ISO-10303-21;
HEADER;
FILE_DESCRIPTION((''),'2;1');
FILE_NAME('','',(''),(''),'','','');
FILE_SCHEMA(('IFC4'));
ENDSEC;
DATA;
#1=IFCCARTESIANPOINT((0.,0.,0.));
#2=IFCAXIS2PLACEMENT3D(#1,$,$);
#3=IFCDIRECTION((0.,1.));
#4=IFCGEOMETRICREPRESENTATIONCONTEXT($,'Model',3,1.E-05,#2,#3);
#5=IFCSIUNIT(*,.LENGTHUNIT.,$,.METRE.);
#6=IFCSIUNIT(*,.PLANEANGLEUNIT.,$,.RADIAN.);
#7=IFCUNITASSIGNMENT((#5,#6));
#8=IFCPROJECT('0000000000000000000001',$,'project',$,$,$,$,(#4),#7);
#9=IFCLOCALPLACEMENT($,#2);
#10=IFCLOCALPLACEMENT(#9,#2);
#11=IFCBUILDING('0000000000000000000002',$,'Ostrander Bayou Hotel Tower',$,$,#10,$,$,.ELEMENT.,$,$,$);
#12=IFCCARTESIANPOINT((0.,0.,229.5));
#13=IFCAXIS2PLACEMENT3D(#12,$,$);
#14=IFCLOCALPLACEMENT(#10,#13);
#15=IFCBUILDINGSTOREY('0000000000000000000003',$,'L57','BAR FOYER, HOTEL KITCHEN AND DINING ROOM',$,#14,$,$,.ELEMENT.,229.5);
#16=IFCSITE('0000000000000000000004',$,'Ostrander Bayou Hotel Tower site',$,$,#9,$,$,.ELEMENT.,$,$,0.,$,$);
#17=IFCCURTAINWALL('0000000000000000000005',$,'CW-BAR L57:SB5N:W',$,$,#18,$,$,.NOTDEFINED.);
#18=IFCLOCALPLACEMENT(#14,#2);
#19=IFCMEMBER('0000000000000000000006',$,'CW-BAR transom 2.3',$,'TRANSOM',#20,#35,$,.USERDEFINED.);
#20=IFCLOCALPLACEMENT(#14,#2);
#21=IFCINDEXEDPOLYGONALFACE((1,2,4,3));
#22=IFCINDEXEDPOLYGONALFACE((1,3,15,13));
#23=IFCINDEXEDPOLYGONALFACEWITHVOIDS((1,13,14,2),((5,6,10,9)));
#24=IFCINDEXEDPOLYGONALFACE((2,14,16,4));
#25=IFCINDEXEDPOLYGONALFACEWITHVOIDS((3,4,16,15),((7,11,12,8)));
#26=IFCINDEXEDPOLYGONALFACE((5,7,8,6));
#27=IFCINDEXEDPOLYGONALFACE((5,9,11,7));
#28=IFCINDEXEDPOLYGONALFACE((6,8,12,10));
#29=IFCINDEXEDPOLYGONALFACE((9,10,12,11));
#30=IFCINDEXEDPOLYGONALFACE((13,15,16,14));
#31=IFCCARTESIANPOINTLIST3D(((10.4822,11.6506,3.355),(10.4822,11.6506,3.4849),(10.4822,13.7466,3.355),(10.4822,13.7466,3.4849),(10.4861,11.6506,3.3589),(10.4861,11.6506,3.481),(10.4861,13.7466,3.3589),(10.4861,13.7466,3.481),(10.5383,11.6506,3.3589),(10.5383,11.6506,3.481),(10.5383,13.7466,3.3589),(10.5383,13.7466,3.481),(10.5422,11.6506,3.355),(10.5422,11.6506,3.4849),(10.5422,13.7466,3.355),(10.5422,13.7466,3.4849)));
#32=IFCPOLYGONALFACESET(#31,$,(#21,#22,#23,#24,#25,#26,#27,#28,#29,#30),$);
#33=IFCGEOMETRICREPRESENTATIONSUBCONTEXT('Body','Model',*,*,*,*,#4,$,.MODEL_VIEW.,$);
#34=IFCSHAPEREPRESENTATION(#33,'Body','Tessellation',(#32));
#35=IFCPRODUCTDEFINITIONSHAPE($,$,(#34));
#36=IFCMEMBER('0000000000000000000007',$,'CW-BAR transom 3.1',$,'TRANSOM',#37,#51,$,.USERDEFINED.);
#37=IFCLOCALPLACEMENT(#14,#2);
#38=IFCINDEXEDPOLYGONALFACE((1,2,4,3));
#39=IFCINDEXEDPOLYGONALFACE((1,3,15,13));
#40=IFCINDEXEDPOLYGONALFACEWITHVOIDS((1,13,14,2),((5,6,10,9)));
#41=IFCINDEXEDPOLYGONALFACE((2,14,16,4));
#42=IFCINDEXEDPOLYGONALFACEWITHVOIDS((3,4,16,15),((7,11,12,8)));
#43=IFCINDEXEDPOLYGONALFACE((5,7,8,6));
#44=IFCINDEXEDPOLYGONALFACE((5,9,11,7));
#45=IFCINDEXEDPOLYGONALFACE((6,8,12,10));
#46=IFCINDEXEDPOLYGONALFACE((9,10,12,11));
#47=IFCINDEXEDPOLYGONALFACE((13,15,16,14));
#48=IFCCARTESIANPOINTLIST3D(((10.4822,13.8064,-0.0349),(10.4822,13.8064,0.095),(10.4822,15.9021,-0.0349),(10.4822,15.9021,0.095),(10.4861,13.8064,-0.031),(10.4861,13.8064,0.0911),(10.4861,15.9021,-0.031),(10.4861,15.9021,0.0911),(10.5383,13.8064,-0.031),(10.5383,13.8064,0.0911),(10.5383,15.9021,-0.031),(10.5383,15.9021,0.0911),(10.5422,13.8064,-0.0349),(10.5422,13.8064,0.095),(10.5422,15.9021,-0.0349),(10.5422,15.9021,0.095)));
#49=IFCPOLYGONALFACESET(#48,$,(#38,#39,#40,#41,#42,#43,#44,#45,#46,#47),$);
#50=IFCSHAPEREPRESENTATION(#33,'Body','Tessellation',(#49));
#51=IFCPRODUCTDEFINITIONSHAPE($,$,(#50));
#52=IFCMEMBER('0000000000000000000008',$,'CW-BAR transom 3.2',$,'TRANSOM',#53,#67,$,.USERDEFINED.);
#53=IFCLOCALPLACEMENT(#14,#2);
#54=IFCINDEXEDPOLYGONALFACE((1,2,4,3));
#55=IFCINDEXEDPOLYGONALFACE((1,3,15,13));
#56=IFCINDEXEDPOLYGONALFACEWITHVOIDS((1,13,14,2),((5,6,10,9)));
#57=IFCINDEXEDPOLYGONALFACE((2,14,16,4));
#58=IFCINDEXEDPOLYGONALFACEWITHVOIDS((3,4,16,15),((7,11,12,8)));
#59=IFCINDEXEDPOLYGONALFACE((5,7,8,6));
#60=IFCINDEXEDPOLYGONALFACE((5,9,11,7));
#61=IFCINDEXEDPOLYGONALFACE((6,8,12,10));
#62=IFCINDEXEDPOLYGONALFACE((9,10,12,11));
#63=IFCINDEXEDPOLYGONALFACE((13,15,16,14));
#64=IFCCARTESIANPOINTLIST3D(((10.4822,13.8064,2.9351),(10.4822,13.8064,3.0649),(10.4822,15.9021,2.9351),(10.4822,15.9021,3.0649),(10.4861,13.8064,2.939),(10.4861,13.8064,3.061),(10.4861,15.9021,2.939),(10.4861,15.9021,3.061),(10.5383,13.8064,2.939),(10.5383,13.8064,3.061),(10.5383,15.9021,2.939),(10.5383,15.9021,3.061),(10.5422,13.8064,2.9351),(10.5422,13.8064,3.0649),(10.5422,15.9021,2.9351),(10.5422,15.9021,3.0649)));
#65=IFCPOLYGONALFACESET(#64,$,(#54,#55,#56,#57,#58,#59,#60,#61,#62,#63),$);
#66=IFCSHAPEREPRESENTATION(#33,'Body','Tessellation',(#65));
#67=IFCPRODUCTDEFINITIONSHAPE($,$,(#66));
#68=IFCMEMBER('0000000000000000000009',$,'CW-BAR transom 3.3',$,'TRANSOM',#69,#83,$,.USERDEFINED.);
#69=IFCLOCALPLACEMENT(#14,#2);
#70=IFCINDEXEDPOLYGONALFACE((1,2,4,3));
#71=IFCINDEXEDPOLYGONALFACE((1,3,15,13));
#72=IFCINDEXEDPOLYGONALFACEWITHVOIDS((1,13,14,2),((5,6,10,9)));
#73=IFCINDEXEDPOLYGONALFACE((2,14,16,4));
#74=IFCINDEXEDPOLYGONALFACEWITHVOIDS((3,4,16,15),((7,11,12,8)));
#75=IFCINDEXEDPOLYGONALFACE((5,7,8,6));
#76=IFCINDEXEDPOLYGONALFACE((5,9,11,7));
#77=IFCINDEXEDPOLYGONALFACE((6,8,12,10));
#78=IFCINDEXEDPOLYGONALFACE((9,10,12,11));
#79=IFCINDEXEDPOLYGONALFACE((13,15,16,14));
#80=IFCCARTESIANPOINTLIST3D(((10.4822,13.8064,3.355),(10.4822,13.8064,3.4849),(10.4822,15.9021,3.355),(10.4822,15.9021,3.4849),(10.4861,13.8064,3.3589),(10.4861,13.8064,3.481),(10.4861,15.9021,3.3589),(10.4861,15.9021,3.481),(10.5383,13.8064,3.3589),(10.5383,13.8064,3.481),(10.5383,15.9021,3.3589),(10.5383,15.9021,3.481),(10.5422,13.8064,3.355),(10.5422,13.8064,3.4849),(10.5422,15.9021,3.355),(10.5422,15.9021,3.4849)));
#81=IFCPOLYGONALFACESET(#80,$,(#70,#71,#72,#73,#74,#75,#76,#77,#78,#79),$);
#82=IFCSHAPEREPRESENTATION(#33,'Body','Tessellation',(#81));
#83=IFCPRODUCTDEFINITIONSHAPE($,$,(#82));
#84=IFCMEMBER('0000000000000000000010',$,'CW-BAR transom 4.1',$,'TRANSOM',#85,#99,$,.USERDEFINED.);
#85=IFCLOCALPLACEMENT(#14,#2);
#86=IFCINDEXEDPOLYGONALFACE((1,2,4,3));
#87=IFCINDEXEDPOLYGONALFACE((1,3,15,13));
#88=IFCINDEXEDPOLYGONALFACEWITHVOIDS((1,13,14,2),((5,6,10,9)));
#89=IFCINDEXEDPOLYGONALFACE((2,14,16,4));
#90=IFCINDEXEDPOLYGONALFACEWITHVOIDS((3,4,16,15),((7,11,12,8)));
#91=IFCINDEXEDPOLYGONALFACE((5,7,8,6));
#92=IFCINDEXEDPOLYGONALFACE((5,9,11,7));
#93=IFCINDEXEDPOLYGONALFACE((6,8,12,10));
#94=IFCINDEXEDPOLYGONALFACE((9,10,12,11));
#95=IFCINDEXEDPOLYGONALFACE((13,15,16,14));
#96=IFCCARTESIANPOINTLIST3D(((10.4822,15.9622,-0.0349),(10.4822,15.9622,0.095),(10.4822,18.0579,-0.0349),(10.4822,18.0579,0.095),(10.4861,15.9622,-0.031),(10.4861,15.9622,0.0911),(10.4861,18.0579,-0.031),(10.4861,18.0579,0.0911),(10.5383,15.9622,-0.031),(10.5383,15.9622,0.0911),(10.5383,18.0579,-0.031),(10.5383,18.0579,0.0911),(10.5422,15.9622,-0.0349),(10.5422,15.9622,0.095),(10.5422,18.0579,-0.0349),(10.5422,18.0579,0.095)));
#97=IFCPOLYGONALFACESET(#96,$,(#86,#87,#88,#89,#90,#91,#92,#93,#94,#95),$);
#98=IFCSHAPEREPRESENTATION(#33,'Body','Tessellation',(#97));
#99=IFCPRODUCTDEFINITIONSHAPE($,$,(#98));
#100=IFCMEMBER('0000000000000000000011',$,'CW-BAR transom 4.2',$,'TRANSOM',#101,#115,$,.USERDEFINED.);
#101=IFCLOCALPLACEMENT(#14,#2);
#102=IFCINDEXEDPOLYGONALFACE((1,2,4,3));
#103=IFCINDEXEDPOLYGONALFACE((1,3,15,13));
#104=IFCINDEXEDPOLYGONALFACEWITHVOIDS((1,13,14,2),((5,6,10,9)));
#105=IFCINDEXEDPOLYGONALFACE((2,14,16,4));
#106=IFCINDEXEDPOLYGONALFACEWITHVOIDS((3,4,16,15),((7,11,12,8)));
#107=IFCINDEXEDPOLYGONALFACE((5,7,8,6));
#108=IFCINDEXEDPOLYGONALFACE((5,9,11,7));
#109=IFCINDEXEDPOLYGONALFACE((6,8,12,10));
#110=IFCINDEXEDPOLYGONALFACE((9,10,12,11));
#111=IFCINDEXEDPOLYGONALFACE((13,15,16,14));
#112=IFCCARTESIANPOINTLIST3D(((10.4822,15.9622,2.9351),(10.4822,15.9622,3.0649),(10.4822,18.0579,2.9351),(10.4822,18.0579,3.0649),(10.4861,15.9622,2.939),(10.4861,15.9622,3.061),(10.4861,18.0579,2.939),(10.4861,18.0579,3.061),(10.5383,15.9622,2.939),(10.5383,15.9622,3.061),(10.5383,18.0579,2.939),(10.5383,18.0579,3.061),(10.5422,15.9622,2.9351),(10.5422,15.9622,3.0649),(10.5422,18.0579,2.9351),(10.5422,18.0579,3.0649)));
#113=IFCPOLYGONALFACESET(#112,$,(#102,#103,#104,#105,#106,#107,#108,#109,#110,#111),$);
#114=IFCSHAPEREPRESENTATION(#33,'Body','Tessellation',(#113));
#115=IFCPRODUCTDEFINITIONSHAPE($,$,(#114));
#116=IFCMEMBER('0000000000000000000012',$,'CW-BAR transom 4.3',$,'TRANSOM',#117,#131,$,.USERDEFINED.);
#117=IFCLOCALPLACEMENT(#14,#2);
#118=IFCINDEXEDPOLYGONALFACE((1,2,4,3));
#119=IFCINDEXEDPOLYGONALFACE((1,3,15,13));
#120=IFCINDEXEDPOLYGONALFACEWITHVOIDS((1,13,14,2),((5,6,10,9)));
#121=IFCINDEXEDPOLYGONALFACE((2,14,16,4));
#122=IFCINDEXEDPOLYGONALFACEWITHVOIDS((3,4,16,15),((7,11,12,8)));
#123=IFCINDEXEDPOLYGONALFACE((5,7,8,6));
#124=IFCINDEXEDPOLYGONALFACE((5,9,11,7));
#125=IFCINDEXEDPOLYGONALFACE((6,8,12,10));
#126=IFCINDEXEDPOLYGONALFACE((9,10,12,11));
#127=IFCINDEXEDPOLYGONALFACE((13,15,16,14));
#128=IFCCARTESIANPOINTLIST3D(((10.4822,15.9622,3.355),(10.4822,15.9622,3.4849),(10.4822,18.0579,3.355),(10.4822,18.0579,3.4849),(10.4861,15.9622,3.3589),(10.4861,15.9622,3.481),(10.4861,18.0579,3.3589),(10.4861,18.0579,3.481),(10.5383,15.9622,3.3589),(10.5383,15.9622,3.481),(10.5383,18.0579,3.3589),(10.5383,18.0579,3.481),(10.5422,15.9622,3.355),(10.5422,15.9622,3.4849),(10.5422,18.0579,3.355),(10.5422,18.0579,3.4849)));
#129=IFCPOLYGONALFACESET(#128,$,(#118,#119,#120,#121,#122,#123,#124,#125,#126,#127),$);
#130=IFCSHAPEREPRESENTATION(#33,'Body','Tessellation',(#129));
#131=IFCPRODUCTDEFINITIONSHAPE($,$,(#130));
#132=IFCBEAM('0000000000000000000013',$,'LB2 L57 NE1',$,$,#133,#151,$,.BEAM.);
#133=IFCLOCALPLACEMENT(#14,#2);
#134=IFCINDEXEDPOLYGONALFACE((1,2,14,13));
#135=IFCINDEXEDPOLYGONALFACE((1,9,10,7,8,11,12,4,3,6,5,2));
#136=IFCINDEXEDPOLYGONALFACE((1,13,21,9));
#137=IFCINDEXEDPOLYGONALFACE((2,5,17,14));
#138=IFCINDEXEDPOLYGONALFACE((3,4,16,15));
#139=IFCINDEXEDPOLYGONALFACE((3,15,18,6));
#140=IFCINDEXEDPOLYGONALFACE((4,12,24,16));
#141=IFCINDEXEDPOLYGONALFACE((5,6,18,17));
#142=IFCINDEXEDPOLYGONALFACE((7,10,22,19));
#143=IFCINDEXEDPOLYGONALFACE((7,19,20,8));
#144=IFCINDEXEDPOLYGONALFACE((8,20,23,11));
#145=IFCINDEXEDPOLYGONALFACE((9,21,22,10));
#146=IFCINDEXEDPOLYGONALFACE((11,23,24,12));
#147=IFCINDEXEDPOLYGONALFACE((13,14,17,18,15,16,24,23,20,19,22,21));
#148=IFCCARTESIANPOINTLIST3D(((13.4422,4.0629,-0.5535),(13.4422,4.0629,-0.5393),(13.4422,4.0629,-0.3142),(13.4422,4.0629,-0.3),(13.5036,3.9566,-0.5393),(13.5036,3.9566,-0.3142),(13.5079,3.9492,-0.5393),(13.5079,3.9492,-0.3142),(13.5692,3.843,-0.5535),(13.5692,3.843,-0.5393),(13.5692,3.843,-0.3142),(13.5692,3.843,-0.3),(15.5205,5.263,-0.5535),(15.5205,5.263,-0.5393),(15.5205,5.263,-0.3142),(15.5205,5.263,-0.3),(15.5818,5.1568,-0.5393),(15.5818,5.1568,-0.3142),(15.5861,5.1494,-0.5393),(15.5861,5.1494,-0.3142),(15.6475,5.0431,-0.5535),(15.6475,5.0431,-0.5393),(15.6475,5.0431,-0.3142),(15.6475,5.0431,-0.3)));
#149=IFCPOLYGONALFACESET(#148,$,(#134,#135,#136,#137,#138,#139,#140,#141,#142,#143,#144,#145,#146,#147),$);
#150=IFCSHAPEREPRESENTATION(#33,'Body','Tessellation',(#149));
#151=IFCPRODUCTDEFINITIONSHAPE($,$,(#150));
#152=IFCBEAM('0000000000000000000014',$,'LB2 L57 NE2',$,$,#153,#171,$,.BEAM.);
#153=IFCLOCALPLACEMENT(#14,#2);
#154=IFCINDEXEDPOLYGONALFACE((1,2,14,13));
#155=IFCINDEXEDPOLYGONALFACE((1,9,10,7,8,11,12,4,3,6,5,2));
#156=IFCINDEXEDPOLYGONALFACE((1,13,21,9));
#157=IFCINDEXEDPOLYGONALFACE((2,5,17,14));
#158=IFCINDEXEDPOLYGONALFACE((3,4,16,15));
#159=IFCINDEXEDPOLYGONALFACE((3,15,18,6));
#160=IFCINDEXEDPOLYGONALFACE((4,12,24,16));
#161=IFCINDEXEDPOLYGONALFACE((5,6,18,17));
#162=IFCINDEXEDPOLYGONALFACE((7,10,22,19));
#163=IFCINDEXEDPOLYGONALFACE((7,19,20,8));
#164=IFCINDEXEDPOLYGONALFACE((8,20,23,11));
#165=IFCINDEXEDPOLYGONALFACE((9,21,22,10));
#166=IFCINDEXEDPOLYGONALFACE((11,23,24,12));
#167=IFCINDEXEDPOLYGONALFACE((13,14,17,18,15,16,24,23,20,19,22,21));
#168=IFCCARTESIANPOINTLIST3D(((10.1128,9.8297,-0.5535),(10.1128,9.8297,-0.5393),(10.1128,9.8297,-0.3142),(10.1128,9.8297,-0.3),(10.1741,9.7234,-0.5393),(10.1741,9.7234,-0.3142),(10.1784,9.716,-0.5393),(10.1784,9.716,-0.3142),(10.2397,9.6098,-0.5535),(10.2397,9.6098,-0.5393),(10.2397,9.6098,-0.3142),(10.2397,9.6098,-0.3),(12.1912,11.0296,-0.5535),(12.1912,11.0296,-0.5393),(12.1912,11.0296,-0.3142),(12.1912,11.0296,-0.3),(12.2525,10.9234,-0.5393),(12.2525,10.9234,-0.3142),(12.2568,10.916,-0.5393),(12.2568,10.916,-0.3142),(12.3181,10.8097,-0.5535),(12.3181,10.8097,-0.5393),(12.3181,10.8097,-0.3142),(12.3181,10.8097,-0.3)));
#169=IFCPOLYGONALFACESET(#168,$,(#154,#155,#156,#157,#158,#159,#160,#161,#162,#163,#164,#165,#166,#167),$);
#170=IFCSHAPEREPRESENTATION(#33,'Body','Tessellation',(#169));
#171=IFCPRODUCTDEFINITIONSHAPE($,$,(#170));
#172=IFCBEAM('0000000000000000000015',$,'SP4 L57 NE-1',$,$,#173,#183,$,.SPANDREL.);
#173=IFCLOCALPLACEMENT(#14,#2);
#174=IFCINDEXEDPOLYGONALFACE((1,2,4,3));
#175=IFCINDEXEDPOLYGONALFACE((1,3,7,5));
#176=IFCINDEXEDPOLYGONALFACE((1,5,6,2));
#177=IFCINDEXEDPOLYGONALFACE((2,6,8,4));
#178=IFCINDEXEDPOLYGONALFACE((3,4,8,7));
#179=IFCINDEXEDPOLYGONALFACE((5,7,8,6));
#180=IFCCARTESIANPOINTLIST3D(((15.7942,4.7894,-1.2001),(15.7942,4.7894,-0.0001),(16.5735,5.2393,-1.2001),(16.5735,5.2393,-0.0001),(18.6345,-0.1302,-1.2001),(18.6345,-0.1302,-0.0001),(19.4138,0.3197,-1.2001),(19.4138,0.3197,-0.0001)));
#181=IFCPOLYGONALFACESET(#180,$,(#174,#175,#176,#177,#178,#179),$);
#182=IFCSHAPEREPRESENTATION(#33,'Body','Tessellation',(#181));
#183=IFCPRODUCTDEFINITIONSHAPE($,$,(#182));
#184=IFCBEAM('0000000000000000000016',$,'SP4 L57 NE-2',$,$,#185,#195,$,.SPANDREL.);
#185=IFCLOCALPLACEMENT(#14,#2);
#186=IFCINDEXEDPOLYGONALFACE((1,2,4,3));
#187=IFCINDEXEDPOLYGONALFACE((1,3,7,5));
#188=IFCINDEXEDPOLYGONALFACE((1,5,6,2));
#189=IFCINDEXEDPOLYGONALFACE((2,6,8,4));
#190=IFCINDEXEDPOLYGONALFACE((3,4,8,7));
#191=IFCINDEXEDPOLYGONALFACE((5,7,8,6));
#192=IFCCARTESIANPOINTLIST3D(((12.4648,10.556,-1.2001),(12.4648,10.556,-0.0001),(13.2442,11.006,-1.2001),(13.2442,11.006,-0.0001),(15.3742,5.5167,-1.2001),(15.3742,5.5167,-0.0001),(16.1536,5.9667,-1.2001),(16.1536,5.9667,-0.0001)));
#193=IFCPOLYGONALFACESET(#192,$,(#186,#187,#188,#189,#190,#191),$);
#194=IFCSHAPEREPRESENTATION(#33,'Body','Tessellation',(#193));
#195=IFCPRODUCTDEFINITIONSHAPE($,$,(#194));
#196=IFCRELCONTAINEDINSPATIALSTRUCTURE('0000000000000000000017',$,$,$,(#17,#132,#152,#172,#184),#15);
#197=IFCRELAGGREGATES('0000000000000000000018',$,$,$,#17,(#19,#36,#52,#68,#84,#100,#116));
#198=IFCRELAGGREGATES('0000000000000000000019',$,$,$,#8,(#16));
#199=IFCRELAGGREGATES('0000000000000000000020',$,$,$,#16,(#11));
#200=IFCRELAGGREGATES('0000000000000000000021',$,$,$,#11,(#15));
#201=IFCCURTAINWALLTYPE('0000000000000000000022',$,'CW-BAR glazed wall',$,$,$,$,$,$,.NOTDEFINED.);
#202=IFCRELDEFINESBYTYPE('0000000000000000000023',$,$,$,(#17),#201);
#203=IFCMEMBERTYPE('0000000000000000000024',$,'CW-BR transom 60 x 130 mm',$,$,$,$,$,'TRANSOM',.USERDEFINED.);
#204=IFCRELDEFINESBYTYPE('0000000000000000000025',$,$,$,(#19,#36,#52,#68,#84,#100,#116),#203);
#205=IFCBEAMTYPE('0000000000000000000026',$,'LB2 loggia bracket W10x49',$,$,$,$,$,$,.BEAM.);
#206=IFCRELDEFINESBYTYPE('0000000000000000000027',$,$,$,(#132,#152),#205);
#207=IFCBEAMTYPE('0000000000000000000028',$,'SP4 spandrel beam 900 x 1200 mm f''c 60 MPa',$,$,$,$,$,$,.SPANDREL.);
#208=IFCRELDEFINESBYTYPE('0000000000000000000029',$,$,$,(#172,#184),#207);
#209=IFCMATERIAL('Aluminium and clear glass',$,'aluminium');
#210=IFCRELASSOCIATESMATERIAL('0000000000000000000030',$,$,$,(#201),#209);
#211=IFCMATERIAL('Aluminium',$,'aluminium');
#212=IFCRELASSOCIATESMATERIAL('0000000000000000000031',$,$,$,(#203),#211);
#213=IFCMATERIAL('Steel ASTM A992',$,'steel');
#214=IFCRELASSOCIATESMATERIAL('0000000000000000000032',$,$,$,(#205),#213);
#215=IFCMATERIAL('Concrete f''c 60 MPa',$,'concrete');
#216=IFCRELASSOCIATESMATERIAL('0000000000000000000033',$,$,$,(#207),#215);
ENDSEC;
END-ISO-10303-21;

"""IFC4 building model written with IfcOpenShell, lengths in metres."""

from ifc_helpers import new_model, si_unit, direction, frame, origin, origin_2d, place, context, subcontext, project, spatial, rectangle, hollow_rectangle, i_section, extrude, material, material_profile, profile_set, type_object, element, aggregate, save


model = new_model("IFC4")

# Units and contexts
model_context = context("Model", 3, precision=1e-05, world=origin(), true_north=direction((0.0, 1.0)))
body_context = subcontext(model_context, "Body", "Model", "MODEL_VIEW")
ifc_project = project(units=[si_unit("LENGTHUNIT", "METRE"), si_unit("PLANEANGLEUNIT", "RADIAN")], contexts=[model_context])

# Site, building, storey
site_placement = place(None, origin())
site = spatial("IfcSite", under=ifc_project, at=site_placement, Name="Ostrander Bayou Hotel Tower site", CompositionType="ELEMENT", RefElevation=0.0)
building_placement = place(site_placement, origin())
building = spatial("IfcBuilding", under=site, at=building_placement, Name="Ostrander Bayou Hotel Tower", CompositionType="ELEMENT")
storey_placement = place(building_placement, frame((0.0, 0.0, 229.5)))
storey = spatial("IfcBuildingStorey", under=building, at=storey_placement, Name="L57", Description="BAR FOYER, HOTEL KITCHEN AND DINING ROOM", CompositionType="ELEMENT", Elevation=229.5)

# Curtain wall, members
ifc_material_1 = material(Name="Aluminium and clear glass", Category="aluminium")
curtain_wall_type = type_object("IfcCurtainWallType", Name="CW-BAR glazed wall", PredefinedType="NOTDEFINED", material=ifc_material_1)
curtain_wall_placement = place(storey_placement, origin())
curtain_wall = element("IfcCurtainWall", 1, at=curtain_wall_placement, inside=storey, type_object=curtain_wall_type, Name="CW-BAR L57:SB5N:W", PredefinedType="NOTDEFINED")
ifc_material_2 = material(Name="Aluminium", Category="aluminium")
ifc_material_profile_1 = material_profile(ifc_material_2, hollow_rectangle(XDim=0.0601, YDim=0.1299, WallThickness=0.0039, at=origin_2d()))
ifc_profile_set_1 = profile_set([ifc_material_profile_1], Name="Aluminium")
member_type_1 = type_object("IfcMemberType", Name="CW-BR transom 60 x 130 mm", ElementType="TRANSOM", PredefinedType="USERDEFINED", material=ifc_profile_set_1)
member_1_placement = place(storey_placement, frame((10.5122, 11.6506, 3.4199), z_axis=(0.0, 1.0, 0.0), x_axis=(-1.0, 0.0, 0.0)))
member_1 = element("IfcMember", 2, at=member_1_placement, type_object=member_type_1, Name="CW-BAR transom 2.3", ObjectType="TRANSOM", PredefinedType="USERDEFINED", context=body_context, shape_type="SweptSolid", body=[
    extrude(hollow_rectangle(XDim=0.0601, YDim=0.1299, WallThickness=0.0039, at=origin_2d()), origin(), (0.0, 0.0, 1.0), 2.0959),
])
member_2_placement = place(storey_placement, frame((10.5122, 13.8064, 0.03), z_axis=(0.0, 1.0, 0.0), x_axis=(-1.0, 0.0, 0.0)))
member_2 = element("IfcMember", 3, at=member_2_placement, type_object=member_type_1, Name="CW-BAR transom 3.1", ObjectType="TRANSOM", PredefinedType="USERDEFINED", context=body_context, shape_type="SweptSolid", body=[
    extrude(hollow_rectangle(XDim=0.0601, YDim=0.1299, WallThickness=0.0039, at=origin_2d()), origin(), (0.0, 0.0, 1.0), 2.0957),
])
member_3_placement = place(storey_placement, frame((10.5122, 13.8064, 3.0), z_axis=(0.0, 1.0, 0.0), x_axis=(-1.0, 0.0, 0.0)))
member_3 = element("IfcMember", 4, at=member_3_placement, type_object=member_type_1, Name="CW-BAR transom 3.2", ObjectType="TRANSOM", PredefinedType="USERDEFINED", context=body_context, shape_type="SweptSolid", body=[
    extrude(hollow_rectangle(XDim=0.0601, YDim=0.1299, WallThickness=0.0039, at=origin_2d()), origin(), (0.0, 0.0, 1.0), 2.0957),
])
member_4_placement = place(storey_placement, frame((10.5122, 13.8064, 3.4199), z_axis=(0.0, 1.0, 0.0), x_axis=(-1.0, 0.0, 0.0)))
member_4 = element("IfcMember", 5, at=member_4_placement, type_object=member_type_1, Name="CW-BAR transom 3.3", ObjectType="TRANSOM", PredefinedType="USERDEFINED", context=body_context, shape_type="SweptSolid", body=[
    extrude(hollow_rectangle(XDim=0.0601, YDim=0.1299, WallThickness=0.0039, at=origin_2d()), origin(), (0.0, 0.0, 1.0), 2.0957),
])
member_5_placement = place(storey_placement, frame((10.5122, 15.9622, 0.03), z_axis=(0.0, 1.0, 0.0), x_axis=(-1.0, 0.0, 0.0)))
member_5 = element("IfcMember", 6, at=member_5_placement, type_object=member_type_1, Name="CW-BAR transom 4.1", ObjectType="TRANSOM", PredefinedType="USERDEFINED", context=body_context, shape_type="SweptSolid", body=[
    extrude(hollow_rectangle(XDim=0.0601, YDim=0.1299, WallThickness=0.0039, at=origin_2d()), origin(), (0.0, 0.0, 1.0), 2.0957),
])
member_6_placement = place(storey_placement, frame((10.5122, 15.9622, 3.0), z_axis=(0.0, 1.0, 0.0), x_axis=(-1.0, 0.0, 0.0)))
member_6 = element("IfcMember", 7, at=member_6_placement, type_object=member_type_1, Name="CW-BAR transom 4.2", ObjectType="TRANSOM", PredefinedType="USERDEFINED", context=body_context, shape_type="SweptSolid", body=[
    extrude(hollow_rectangle(XDim=0.0601, YDim=0.1299, WallThickness=0.0039, at=origin_2d()), origin(), (0.0, 0.0, 1.0), 2.0957),
])
member_7_placement = place(storey_placement, frame((10.5122, 15.9622, 3.4199), z_axis=(0.0, 1.0, 0.0), x_axis=(-1.0, 0.0, 0.0)))
member_7 = element("IfcMember", 8, at=member_7_placement, type_object=member_type_1, Name="CW-BAR transom 4.3", ObjectType="TRANSOM", PredefinedType="USERDEFINED", context=body_context, shape_type="SweptSolid", body=[
    extrude(hollow_rectangle(XDim=0.0601, YDim=0.1299, WallThickness=0.0039, at=origin_2d()), origin(), (0.0, 0.0, 1.0), 2.0957),
])

# Beams
ifc_material_3 = material(Name="Steel ASTM A992", Category="steel")
ifc_material_profile_2 = material_profile(ifc_material_3, i_section(OverallWidth=0.2539, OverallDepth=0.2534, WebThickness=0.0085, FlangeThickness=0.0142, at=origin_2d()))
ifc_profile_set_2 = profile_set([ifc_material_profile_2], Name="Steel ASTM A992")
beam_type_1 = type_object("IfcBeamType", Name="LB2 loggia bracket W10x49", PredefinedType="BEAM", material=ifc_profile_set_2)
for number, where, z_axis, x_axis, name in (
    (9, (15.584, 5.1531, -0.4268), (-0.865981, -0.500078, 0.0), (0.500078, -0.865981, 0.0), "LB2 L57 NE1"),
    (10, (12.2546, 10.9197, -0.4268), (-0.866025, -0.500001, 0.0), (0.500001, -0.866025, 0.0), "LB2 L57 NE2"),
):
    element("IfcBeam", number, at=place(storey_placement, frame(where, z_axis=z_axis, x_axis=x_axis)), inside=storey, type_object=beam_type_1, Name=name, PredefinedType="BEAM", context=body_context, shape_type="SweptSolid", body=[
        extrude(i_section(OverallWidth=0.2539, OverallDepth=0.2534, WebThickness=0.0085, FlangeThickness=0.0142, at=origin_2d()), origin(), (0.0, 0.0, 1.0), 2.3999),
    ])
ifc_material_4 = material(Name="Concrete f'c 60 MPa", Category="concrete")
ifc_material_profile_3 = material_profile(ifc_material_4, rectangle(XDim=0.8999, YDim=1.2, at=origin_2d()))
ifc_profile_set_3 = profile_set([ifc_material_profile_3], Name="Concrete f'c 60 MPa")
beam_type_2 = type_object("IfcBeamType", Name="SP4 spandrel beam 900 x 1200 mm f'c 60 MPa", PredefinedType="SPANDREL", material=ifc_profile_set_3)
beam_1_placement = place(storey_placement, frame((19.0242, 0.0947, -0.6001), z_axis=(-0.499994, 0.866029, 0.0), x_axis=(-0.866029, -0.499994, 0.0)))
element("IfcBeam", 11, at=beam_1_placement, inside=storey, type_object=beam_type_2, Name="SP4 L57 NE-1", PredefinedType="SPANDREL", context=body_context, shape_type="SweptSolid", body=[
    extrude(rectangle(XDim=0.8999, YDim=1.2, at=origin_2d()), origin(), (0.0, 0.0, 1.0), 5.6807),
])
beam_2_placement = place(storey_placement, frame((15.7639, 5.7417, -0.6001), z_axis=(-0.499997, 0.866027, 0.0), x_axis=(-0.866027, -0.499997, 0.0)))
element("IfcBeam", 12, at=beam_2_placement, inside=storey, type_object=beam_type_2, Name="SP4 L57 NE-2", PredefinedType="SPANDREL", context=body_context, shape_type="SweptSolid", body=[
    extrude(rectangle(XDim=0.8999, YDim=1.2, at=origin_2d()), origin(), (0.0, 0.0, 1.0), 5.8188),
])

aggregate(curtain_wall, [member_1, member_2, member_3, member_4, member_5, member_6, member_7])

save(model, "model.ifc")
